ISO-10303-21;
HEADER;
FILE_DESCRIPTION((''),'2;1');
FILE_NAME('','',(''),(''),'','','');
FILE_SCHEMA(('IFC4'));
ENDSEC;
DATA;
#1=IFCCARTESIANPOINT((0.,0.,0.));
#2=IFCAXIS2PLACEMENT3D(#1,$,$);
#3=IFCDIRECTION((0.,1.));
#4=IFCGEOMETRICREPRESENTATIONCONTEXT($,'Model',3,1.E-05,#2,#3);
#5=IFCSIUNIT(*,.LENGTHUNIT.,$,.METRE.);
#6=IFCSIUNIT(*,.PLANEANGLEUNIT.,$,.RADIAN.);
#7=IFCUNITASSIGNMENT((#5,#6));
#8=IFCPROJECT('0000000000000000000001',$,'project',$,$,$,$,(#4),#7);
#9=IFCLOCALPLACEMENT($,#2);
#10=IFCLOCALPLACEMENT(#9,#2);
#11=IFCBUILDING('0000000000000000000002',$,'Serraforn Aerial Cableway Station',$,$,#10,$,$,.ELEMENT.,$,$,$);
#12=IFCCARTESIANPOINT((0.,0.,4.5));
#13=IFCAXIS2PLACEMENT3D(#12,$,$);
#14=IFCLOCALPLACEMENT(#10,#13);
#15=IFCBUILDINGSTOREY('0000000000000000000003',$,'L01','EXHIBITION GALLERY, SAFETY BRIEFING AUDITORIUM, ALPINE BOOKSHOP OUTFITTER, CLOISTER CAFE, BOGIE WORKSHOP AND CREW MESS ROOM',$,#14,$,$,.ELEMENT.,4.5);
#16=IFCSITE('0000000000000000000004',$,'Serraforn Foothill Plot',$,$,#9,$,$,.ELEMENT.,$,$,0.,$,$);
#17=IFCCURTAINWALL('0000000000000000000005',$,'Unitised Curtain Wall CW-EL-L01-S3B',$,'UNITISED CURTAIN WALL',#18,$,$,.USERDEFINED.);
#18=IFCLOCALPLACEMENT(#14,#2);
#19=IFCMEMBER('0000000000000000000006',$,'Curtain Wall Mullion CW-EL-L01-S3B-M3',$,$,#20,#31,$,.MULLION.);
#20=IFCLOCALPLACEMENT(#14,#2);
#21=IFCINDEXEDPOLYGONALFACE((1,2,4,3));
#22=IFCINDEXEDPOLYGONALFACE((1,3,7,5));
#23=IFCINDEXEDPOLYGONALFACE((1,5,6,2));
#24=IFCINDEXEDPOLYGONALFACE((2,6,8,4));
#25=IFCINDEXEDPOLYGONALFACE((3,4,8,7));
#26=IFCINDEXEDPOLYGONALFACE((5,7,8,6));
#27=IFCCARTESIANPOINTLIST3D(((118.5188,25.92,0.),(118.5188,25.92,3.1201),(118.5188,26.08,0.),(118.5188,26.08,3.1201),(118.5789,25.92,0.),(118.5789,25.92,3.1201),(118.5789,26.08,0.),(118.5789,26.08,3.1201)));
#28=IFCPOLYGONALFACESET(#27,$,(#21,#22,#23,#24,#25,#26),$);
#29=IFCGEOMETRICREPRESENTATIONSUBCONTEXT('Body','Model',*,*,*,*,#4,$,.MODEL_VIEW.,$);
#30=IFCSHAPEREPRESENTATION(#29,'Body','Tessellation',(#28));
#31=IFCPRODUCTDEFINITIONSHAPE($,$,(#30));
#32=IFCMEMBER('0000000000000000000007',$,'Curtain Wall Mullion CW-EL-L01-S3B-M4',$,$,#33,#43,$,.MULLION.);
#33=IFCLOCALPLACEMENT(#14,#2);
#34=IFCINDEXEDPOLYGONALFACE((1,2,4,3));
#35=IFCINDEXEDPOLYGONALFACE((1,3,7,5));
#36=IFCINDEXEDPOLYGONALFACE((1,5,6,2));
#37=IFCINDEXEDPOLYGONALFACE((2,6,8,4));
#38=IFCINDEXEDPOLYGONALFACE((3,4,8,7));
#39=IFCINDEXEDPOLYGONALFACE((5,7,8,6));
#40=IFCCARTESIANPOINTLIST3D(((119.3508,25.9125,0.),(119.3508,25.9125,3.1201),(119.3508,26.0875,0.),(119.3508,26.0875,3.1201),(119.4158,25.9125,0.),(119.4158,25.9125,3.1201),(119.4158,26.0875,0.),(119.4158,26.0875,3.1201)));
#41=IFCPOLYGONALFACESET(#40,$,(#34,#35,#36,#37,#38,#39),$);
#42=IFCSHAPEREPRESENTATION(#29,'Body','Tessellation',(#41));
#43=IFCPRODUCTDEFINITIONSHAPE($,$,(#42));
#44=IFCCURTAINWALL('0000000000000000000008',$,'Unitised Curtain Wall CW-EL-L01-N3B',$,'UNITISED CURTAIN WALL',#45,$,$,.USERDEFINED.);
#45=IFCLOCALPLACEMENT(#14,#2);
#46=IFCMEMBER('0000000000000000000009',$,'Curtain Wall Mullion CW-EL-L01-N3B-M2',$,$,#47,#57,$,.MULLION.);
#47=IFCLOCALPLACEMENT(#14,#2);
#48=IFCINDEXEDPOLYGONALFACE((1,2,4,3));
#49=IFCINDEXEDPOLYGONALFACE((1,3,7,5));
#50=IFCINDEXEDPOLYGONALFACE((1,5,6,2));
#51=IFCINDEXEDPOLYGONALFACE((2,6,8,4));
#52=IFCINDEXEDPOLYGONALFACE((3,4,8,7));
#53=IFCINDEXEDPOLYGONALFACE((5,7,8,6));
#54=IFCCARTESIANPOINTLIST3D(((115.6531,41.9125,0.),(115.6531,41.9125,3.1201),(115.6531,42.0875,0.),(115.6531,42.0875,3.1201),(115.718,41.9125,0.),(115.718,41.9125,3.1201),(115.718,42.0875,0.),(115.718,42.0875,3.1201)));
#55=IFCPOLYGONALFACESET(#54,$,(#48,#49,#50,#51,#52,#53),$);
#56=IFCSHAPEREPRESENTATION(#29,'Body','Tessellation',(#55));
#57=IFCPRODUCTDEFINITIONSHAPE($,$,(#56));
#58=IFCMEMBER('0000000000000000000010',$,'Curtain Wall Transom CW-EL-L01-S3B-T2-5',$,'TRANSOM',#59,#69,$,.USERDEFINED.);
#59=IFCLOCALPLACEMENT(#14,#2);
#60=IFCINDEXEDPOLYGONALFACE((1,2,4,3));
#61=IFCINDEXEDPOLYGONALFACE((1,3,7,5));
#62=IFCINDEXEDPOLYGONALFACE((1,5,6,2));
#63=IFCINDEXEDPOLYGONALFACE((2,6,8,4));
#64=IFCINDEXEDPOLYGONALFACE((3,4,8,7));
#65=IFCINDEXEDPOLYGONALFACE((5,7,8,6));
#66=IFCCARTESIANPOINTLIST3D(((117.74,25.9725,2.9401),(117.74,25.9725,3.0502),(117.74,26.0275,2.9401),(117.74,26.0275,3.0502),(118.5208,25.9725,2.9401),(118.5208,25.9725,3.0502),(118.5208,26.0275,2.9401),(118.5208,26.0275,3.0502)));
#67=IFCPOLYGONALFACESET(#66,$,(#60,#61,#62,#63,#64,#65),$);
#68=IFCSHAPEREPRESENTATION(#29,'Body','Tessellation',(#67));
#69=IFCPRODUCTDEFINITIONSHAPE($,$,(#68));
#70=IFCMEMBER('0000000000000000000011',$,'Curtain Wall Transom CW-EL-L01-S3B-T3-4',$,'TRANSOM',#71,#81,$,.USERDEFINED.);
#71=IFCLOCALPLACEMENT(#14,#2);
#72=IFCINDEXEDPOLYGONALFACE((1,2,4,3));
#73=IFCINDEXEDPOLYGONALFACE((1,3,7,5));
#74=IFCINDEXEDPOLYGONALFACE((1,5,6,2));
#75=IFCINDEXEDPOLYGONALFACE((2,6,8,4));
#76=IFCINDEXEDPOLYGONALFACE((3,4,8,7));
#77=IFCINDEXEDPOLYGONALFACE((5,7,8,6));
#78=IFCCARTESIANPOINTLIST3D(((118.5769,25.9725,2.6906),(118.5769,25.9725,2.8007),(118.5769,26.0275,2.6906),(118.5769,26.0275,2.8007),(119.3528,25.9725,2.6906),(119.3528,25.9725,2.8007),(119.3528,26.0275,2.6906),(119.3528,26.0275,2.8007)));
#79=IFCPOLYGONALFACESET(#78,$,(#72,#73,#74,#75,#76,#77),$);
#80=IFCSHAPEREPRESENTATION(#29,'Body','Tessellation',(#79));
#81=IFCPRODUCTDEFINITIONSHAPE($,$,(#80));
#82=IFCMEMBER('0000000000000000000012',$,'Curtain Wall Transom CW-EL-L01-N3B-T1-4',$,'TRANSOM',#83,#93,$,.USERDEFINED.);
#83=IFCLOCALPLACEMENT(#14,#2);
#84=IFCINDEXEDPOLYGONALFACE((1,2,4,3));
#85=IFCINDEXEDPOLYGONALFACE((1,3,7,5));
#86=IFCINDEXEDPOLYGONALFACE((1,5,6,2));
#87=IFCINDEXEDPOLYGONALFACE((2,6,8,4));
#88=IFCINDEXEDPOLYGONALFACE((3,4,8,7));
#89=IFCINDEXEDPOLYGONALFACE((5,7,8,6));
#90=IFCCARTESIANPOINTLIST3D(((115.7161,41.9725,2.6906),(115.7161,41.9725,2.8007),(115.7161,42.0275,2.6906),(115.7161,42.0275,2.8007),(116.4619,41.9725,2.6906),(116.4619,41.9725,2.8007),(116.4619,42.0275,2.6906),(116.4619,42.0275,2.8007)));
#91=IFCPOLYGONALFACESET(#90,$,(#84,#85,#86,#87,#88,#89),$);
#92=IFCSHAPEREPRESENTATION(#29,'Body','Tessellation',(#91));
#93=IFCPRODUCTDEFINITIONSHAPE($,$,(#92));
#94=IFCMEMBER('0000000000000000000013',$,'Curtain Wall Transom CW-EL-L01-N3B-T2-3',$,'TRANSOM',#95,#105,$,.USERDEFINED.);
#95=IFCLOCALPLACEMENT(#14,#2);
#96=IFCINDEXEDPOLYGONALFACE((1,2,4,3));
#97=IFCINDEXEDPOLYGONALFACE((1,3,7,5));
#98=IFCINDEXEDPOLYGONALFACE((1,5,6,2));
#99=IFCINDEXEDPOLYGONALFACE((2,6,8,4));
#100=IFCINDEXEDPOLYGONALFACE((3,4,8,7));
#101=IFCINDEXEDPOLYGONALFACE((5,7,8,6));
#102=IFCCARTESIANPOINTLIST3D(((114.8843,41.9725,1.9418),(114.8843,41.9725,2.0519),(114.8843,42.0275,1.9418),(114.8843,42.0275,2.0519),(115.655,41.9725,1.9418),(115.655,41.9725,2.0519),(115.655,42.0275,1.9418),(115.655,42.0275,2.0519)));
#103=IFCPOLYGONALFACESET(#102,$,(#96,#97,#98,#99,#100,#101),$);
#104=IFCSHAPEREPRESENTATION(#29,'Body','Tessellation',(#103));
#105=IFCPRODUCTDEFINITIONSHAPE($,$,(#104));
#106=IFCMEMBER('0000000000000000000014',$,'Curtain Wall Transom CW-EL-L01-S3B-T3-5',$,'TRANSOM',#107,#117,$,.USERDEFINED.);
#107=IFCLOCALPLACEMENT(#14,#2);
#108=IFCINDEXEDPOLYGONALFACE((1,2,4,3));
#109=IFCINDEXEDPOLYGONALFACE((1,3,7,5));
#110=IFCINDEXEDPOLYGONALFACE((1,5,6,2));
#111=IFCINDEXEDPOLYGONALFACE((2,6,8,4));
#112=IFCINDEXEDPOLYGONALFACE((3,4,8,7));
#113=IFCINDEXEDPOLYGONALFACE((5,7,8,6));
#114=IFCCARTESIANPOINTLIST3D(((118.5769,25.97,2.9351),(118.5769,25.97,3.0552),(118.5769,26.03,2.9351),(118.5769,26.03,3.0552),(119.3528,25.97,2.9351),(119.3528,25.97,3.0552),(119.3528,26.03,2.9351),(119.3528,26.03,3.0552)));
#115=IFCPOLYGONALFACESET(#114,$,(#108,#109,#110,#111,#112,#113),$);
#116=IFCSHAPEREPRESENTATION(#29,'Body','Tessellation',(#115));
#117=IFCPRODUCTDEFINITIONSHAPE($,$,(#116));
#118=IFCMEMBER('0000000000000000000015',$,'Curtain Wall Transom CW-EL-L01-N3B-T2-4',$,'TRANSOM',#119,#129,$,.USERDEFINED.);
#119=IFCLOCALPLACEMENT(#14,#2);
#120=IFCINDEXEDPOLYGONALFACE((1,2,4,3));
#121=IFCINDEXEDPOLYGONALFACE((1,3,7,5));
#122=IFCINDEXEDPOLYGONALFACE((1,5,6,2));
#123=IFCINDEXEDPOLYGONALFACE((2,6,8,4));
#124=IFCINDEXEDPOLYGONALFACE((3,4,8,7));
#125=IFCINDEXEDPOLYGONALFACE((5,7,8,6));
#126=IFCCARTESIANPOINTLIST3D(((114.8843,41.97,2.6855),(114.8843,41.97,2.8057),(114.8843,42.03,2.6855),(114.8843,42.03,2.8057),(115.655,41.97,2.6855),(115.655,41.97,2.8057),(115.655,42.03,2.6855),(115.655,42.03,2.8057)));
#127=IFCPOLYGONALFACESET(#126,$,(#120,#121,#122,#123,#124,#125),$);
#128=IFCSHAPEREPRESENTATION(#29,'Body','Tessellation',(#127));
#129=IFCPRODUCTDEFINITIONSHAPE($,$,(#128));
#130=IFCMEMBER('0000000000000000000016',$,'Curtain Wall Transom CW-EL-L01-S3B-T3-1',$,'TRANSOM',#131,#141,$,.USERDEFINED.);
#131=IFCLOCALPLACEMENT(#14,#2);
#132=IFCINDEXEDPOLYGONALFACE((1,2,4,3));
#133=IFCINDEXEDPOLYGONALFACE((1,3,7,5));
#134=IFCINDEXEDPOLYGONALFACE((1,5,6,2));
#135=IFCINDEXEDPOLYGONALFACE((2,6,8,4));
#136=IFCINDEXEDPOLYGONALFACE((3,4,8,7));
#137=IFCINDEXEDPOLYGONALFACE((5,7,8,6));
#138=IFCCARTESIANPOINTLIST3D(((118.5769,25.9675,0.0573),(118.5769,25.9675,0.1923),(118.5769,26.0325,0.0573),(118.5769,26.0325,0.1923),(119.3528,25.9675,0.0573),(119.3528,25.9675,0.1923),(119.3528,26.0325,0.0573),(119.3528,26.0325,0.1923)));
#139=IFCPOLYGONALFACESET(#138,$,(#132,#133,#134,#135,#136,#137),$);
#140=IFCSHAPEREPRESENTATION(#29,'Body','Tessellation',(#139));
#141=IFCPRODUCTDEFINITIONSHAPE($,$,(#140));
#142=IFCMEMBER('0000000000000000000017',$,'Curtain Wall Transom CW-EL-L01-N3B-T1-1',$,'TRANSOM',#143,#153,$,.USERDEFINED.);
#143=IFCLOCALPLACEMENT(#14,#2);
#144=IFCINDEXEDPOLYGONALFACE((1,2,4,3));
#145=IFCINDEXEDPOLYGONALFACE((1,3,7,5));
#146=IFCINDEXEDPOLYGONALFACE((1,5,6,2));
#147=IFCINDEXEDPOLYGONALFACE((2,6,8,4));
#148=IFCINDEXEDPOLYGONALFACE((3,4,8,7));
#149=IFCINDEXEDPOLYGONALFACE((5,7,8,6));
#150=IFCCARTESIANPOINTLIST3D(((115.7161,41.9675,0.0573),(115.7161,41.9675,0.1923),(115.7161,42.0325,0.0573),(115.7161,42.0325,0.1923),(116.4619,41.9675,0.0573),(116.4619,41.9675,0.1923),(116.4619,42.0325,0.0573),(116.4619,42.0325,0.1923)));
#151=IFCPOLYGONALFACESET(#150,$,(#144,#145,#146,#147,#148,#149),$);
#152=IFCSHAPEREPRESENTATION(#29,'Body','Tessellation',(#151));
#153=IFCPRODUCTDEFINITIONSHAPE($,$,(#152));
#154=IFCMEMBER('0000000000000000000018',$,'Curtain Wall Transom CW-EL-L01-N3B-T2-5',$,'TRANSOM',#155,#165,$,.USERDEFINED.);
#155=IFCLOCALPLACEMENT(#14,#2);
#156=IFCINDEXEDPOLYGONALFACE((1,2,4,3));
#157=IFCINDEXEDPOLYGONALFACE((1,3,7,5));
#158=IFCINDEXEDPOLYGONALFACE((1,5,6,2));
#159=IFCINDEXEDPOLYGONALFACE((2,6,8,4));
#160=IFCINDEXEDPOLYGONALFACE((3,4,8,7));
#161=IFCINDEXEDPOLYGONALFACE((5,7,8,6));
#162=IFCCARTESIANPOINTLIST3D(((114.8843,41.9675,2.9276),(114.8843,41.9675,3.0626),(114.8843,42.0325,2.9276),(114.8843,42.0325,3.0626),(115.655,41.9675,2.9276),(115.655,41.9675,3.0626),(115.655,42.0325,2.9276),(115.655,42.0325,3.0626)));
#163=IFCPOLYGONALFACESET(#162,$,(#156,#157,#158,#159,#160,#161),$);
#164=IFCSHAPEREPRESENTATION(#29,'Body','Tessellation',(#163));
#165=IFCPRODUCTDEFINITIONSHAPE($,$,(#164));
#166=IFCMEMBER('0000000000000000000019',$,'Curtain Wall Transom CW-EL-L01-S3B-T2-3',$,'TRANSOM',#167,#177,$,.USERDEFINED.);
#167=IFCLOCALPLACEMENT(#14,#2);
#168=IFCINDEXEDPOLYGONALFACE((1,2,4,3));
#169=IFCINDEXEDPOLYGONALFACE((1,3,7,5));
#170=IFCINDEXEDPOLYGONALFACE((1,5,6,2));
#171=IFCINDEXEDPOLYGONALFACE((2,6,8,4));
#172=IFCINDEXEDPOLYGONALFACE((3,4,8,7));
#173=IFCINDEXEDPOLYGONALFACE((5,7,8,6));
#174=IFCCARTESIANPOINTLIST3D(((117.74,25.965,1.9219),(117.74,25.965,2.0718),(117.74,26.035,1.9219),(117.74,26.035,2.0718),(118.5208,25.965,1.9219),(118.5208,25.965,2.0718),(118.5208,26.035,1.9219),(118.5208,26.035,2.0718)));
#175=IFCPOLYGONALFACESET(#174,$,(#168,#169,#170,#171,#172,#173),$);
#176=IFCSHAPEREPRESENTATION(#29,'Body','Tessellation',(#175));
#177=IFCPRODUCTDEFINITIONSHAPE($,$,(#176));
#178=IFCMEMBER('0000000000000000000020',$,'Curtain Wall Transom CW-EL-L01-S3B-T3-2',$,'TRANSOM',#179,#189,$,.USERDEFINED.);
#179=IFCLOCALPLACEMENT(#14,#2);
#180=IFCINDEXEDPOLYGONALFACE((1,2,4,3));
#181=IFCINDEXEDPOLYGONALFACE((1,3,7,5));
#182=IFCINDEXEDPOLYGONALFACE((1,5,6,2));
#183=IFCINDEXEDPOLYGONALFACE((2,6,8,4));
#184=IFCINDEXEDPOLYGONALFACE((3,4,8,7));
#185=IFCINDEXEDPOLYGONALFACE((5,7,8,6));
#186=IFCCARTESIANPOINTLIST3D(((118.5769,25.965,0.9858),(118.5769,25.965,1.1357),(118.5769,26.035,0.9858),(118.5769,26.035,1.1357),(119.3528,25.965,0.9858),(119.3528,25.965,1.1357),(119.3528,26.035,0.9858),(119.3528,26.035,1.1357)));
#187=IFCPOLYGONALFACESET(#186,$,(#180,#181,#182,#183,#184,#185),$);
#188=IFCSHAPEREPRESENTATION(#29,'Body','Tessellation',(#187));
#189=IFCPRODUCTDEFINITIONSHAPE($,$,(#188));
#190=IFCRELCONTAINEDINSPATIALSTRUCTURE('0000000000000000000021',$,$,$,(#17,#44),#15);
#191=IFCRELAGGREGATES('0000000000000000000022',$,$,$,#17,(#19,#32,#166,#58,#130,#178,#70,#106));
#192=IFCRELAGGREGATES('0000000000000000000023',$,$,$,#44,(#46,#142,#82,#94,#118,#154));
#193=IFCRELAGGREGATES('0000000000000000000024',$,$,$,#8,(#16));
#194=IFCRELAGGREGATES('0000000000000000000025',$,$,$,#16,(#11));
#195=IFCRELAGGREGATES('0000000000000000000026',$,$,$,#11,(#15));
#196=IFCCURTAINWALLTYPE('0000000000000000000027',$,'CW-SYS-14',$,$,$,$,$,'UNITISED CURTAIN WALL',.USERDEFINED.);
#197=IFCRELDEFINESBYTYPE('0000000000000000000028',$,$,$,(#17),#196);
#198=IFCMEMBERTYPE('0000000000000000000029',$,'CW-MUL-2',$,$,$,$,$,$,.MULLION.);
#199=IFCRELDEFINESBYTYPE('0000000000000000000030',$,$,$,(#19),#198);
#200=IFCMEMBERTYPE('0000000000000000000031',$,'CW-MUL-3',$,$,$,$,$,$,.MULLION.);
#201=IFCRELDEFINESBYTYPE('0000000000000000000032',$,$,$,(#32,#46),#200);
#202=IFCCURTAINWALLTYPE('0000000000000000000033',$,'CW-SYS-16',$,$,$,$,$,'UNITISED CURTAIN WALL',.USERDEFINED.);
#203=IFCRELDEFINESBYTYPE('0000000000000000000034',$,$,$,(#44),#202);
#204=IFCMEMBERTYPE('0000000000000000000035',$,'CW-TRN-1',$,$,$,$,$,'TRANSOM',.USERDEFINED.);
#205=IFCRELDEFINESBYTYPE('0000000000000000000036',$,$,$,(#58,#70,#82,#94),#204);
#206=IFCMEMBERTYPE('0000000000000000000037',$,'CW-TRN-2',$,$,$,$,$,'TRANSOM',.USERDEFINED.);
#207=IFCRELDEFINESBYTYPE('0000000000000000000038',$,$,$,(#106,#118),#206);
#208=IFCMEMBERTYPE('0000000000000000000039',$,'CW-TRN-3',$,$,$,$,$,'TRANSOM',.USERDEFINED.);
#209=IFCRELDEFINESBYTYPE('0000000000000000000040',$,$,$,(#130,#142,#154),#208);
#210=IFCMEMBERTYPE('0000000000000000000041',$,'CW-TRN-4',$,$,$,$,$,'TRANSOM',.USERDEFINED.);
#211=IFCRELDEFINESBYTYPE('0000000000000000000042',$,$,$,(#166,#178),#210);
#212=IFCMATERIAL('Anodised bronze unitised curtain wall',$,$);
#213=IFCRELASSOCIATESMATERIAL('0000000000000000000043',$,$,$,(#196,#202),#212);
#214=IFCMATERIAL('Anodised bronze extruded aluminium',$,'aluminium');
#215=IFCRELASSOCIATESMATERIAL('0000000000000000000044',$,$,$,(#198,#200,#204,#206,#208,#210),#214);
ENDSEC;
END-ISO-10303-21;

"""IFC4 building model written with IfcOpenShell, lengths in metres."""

from ifc_helpers import new_model, si_unit, direction, frame, origin, origin_2d, place, context, subcontext, project, spatial, rectangle, extrude, material, material_profile, profile_set, type_object, element, aggregate, save


model = new_model("IFC4")

# Units and contexts
model_context = context("Model", 3, precision=1e-05, world=origin(), true_north=direction((0.0, 1.0)))
body_context = subcontext(model_context, "Body", "Model", "MODEL_VIEW")
ifc_project = project(units=[si_unit("LENGTHUNIT", "METRE"), si_unit("PLANEANGLEUNIT", "RADIAN")], contexts=[model_context])

# Site, building, storey
site_placement = place(None, origin())
site = spatial("IfcSite", under=ifc_project, at=site_placement, Name="Serraforn Foothill Plot", CompositionType="ELEMENT", RefElevation=0.0)
building_placement = place(site_placement, origin())
building = spatial("IfcBuilding", under=site, at=building_placement, Name="Serraforn Aerial Cableway Station", CompositionType="ELEMENT")
storey_placement = place(building_placement, frame((0.0, 0.0, 4.5)))
storey = spatial("IfcBuildingStorey", under=building, at=storey_placement, Name="L01", Description="EXHIBITION GALLERY, SAFETY BRIEFING AUDITORIUM, ALPINE BOOKSHOP OUTFITTER, CLOISTER CAFE, BOGIE WORKSHOP AND CREW MESS ROOM", CompositionType="ELEMENT", Elevation=4.5)

# Curtain wall, members
ifc_material_1 = material(Name="Anodised bronze unitised curtain wall")
curtain_wall_type_1 = type_object("IfcCurtainWallType", Name="CW-SYS-14", ElementType="UNITISED CURTAIN WALL", PredefinedType="USERDEFINED", material=ifc_material_1)
curtain_wall_1_placement = place(storey_placement, origin())
curtain_wall_1 = element("IfcCurtainWall", 1, at=curtain_wall_1_placement, inside=storey, type_object=curtain_wall_type_1, Name="Unitised Curtain Wall CW-EL-L01-S3B", ObjectType="UNITISED CURTAIN WALL", PredefinedType="USERDEFINED")
ifc_material_2 = material(Name="Anodised bronze extruded aluminium", Category="aluminium")
ifc_material_profile_1 = material_profile(ifc_material_2, rectangle(XDim=0.0601, YDim=0.1599, at=origin_2d()), Name="CW MULLION 60x160")
ifc_profile_set_1 = profile_set([ifc_material_profile_1], Name="Anodised bronze extruded aluminium")
member_type_1 = type_object("IfcMemberType", Name="CW-MUL-2", PredefinedType="MULLION", material=ifc_profile_set_1)
member_1_placement = place(storey_placement, frame((118.5488, 26.0, 0.0), z_axis=(0.0, 0.0, 1.0), x_axis=(1.0, 0.0, 0.0)))
member_1 = element("IfcMember", 2, at=member_1_placement, type_object=member_type_1, Name="Curtain Wall Mullion CW-EL-L01-S3B-M3", PredefinedType="MULLION", context=body_context, shape_type="SweptSolid", body=[
    extrude(rectangle(XDim=0.0601, YDim=0.1599, at=origin_2d()), origin(), (0.0, 0.0, 1.0), 3.1201),
])
ifc_material_profile_2 = material_profile(ifc_material_2, rectangle(XDim=0.0649, YDim=0.175, at=origin_2d()), Name="CW MULLION 65x175")
ifc_profile_set_2 = profile_set([ifc_material_profile_2], Name="Anodised bronze extruded aluminium")
member_type_2 = type_object("IfcMemberType", Name="CW-MUL-3", PredefinedType="MULLION", material=ifc_profile_set_2)
member_2_placement = place(storey_placement, frame((119.3833, 26.0, 0.0), z_axis=(0.0, 0.0, 1.0), x_axis=(1.0, 0.0, 0.0)))
member_2 = element("IfcMember", 3, at=member_2_placement, type_object=member_type_2, Name="Curtain Wall Mullion CW-EL-L01-S3B-M4", PredefinedType="MULLION", context=body_context, shape_type="SweptSolid", body=[
    extrude(rectangle(XDim=0.0649, YDim=0.175, at=origin_2d()), origin(), (0.0, 0.0, 1.0), 3.1201),
])

# Curtain wall, member
curtain_wall_type_2 = type_object("IfcCurtainWallType", Name="CW-SYS-16", ElementType="UNITISED CURTAIN WALL", PredefinedType="USERDEFINED", material=ifc_material_1)
curtain_wall_2_placement = place(storey_placement, origin())
curtain_wall_2 = element("IfcCurtainWall", 4, at=curtain_wall_2_placement, inside=storey, type_object=curtain_wall_type_2, Name="Unitised Curtain Wall CW-EL-L01-N3B", ObjectType="UNITISED CURTAIN WALL", PredefinedType="USERDEFINED")
member_3_placement = place(storey_placement, frame((115.6855, 42.0, 0.0), z_axis=(0.0, 0.0, 1.0), x_axis=(-1.0, 0.0, 0.0)))
member_3 = element("IfcMember", 5, at=member_3_placement, type_object=member_type_2, Name="Curtain Wall Mullion CW-EL-L01-N3B-M2", PredefinedType="MULLION", context=body_context, shape_type="SweptSolid", body=[
    extrude(rectangle(XDim=0.0649, YDim=0.175, at=origin_2d()), origin(), (0.0, 0.0, 1.0), 3.1201),
])

# Members
ifc_material_profile_3 = material_profile(ifc_material_2, rectangle(XDim=0.0549, YDim=0.1101, at=origin_2d()), Name="CW TRANSOM 55x110")
ifc_profile_set_3 = profile_set([ifc_material_profile_3], Name="Anodised bronze extruded aluminium")
member_type_3 = type_object("IfcMemberType", Name="CW-TRN-1", ElementType="TRANSOM", PredefinedType="USERDEFINED", material=ifc_profile_set_3)
member_4_placement = place(storey_placement, frame((117.74, 26.0, 2.9951), z_axis=(1.0, 0.0, 0.0), x_axis=(0.0, 1.0, 0.0)))
member_4 = element("IfcMember", 6, at=member_4_placement, type_object=member_type_3, Name="Curtain Wall Transom CW-EL-L01-S3B-T2-5", ObjectType="TRANSOM", PredefinedType="USERDEFINED", context=body_context, shape_type="SweptSolid", body=[
    extrude(rectangle(XDim=0.0549, YDim=0.1101, at=origin_2d()), origin(), (0.0, 0.0, 1.0), 0.7808),
])
member_5_placement = place(storey_placement, frame((118.5769, 26.0, 2.7456), z_axis=(1.0, 0.0, 0.0), x_axis=(0.0, 1.0, 0.0)))
member_5 = element("IfcMember", 7, at=member_5_placement, type_object=member_type_3, Name="Curtain Wall Transom CW-EL-L01-S3B-T3-4", ObjectType="TRANSOM", PredefinedType="USERDEFINED", context=body_context, shape_type="SweptSolid", body=[
    extrude(rectangle(XDim=0.0549, YDim=0.1101, at=origin_2d()), origin(), (0.0, 0.0, 1.0), 0.7759),
])
member_6_placement = place(storey_placement, frame((116.4619, 42.0, 2.7456), z_axis=(-1.0, 0.0, 0.0), x_axis=(0.0, -1.0, 0.0)))
member_6 = element("IfcMember", 8, at=member_6_placement, type_object=member_type_3, Name="Curtain Wall Transom CW-EL-L01-N3B-T1-4", ObjectType="TRANSOM", PredefinedType="USERDEFINED", context=body_context, shape_type="SweptSolid", body=[
    extrude(rectangle(XDim=0.0549, YDim=0.1101, at=origin_2d()), origin(), (0.0, 0.0, 1.0), 0.7458),
])
member_7_placement = place(storey_placement, frame((115.655, 42.0, 1.9968), z_axis=(-1.0, 0.0, 0.0), x_axis=(0.0, -1.0, 0.0)))
member_7 = element("IfcMember", 9, at=member_7_placement, type_object=member_type_3, Name="Curtain Wall Transom CW-EL-L01-N3B-T2-3", ObjectType="TRANSOM", PredefinedType="USERDEFINED", context=body_context, shape_type="SweptSolid", body=[
    extrude(rectangle(XDim=0.0549, YDim=0.1101, at=origin_2d()), origin(), (0.0, 0.0, 1.0), 0.7708),
])
ifc_material_profile_4 = material_profile(ifc_material_2, rectangle(XDim=0.0601, YDim=0.1201, at=origin_2d()), Name="CW TRANSOM 60x120")
ifc_profile_set_4 = profile_set([ifc_material_profile_4], Name="Anodised bronze extruded aluminium")
member_type_4 = type_object("IfcMemberType", Name="CW-TRN-2", ElementType="TRANSOM", PredefinedType="USERDEFINED", material=ifc_profile_set_4)
member_8_placement = place(storey_placement, frame((118.5769, 26.0, 2.9951), z_axis=(1.0, 0.0, 0.0), x_axis=(0.0, 1.0, 0.0)))
member_8 = element("IfcMember", 10, at=member_8_placement, type_object=member_type_4, Name="Curtain Wall Transom CW-EL-L01-S3B-T3-5", ObjectType="TRANSOM", PredefinedType="USERDEFINED", context=body_context, shape_type="SweptSolid", body=[
    extrude(rectangle(XDim=0.0601, YDim=0.1201, at=origin_2d()), origin(), (0.0, 0.0, 1.0), 0.7759),
])
member_9_placement = place(storey_placement, frame((115.655, 42.0, 2.7456), z_axis=(-1.0, 0.0, 0.0), x_axis=(0.0, -1.0, 0.0)))
member_9 = element("IfcMember", 11, at=member_9_placement, type_object=member_type_4, Name="Curtain Wall Transom CW-EL-L01-N3B-T2-4", ObjectType="TRANSOM", PredefinedType="USERDEFINED", context=body_context, shape_type="SweptSolid", body=[
    extrude(rectangle(XDim=0.0601, YDim=0.1201, at=origin_2d()), origin(), (0.0, 0.0, 1.0), 0.7708),
])
ifc_material_profile_5 = material_profile(ifc_material_2, rectangle(XDim=0.0649, YDim=0.135, at=origin_2d()), Name="CW TRANSOM 65x135")
ifc_profile_set_5 = profile_set([ifc_material_profile_5], Name="Anodised bronze extruded aluminium")
member_type_5 = type_object("IfcMemberType", Name="CW-TRN-3", ElementType="TRANSOM", PredefinedType="USERDEFINED", material=ifc_profile_set_5)
member_10_placement = place(storey_placement, frame((118.5769, 26.0, 0.1248), z_axis=(1.0, 0.0, 0.0), x_axis=(0.0, 1.0, 0.0)))
member_10 = element("IfcMember", 12, at=member_10_placement, type_object=member_type_5, Name="Curtain Wall Transom CW-EL-L01-S3B-T3-1", ObjectType="TRANSOM", PredefinedType="USERDEFINED", context=body_context, shape_type="SweptSolid", body=[
    extrude(rectangle(XDim=0.0649, YDim=0.135, at=origin_2d()), origin(), (0.0, 0.0, 1.0), 0.7759),
])
member_11_placement = place(storey_placement, frame((116.4619, 42.0, 0.1248), z_axis=(-1.0, 0.0, 0.0), x_axis=(0.0, -1.0, 0.0)))
member_11 = element("IfcMember", 13, at=member_11_placement, type_object=member_type_5, Name="Curtain Wall Transom CW-EL-L01-N3B-T1-1", ObjectType="TRANSOM", PredefinedType="USERDEFINED", context=body_context, shape_type="SweptSolid", body=[
    extrude(rectangle(XDim=0.0649, YDim=0.135, at=origin_2d()), origin(), (0.0, 0.0, 1.0), 0.7458),
])
member_12_placement = place(storey_placement, frame((115.655, 42.0, 2.9951), z_axis=(-1.0, 0.0, 0.0), x_axis=(0.0, -1.0, 0.0)))
member_12 = element("IfcMember", 14, at=member_12_placement, type_object=member_type_5, Name="Curtain Wall Transom CW-EL-L01-N3B-T2-5", ObjectType="TRANSOM", PredefinedType="USERDEFINED", context=body_context, shape_type="SweptSolid", body=[
    extrude(rectangle(XDim=0.0649, YDim=0.135, at=origin_2d()), origin(), (0.0, 0.0, 1.0), 0.7708),
])
ifc_material_profile_6 = material_profile(ifc_material_2, rectangle(XDim=0.0701, YDim=0.1499, at=origin_2d()), Name="CW TRANSOM 70x150")
ifc_profile_set_6 = profile_set([ifc_material_profile_6], Name="Anodised bronze extruded aluminium")
member_type_6 = type_object("IfcMemberType", Name="CW-TRN-4", ElementType="TRANSOM", PredefinedType="USERDEFINED", material=ifc_profile_set_6)
member_13_placement = place(storey_placement, frame((117.74, 26.0, 1.9968), z_axis=(1.0, 0.0, 0.0), x_axis=(0.0, 1.0, 0.0)))
member_13 = element("IfcMember", 15, at=member_13_placement, type_object=member_type_6, Name="Curtain Wall Transom CW-EL-L01-S3B-T2-3", ObjectType="TRANSOM", PredefinedType="USERDEFINED", context=body_context, shape_type="SweptSolid", body=[
    extrude(rectangle(XDim=0.0701, YDim=0.1499, at=origin_2d()), origin(), (0.0, 0.0, 1.0), 0.7808),
])
member_14_placement = place(storey_placement, frame((118.5769, 26.0, 1.0608), z_axis=(1.0, 0.0, 0.0), x_axis=(0.0, 1.0, 0.0)))
member_14 = element("IfcMember", 16, at=member_14_placement, type_object=member_type_6, Name="Curtain Wall Transom CW-EL-L01-S3B-T3-2", ObjectType="TRANSOM", PredefinedType="USERDEFINED", context=body_context, shape_type="SweptSolid", body=[
    extrude(rectangle(XDim=0.0701, YDim=0.1499, at=origin_2d()), origin(), (0.0, 0.0, 1.0), 0.7759),
])

aggregate(curtain_wall_1, [member_1, member_2, member_13, member_4, member_10, member_14, member_5, member_8])
aggregate(curtain_wall_2, [member_3, member_11, member_6, member_7, member_9, member_12])

save(model, "model.ifc")
